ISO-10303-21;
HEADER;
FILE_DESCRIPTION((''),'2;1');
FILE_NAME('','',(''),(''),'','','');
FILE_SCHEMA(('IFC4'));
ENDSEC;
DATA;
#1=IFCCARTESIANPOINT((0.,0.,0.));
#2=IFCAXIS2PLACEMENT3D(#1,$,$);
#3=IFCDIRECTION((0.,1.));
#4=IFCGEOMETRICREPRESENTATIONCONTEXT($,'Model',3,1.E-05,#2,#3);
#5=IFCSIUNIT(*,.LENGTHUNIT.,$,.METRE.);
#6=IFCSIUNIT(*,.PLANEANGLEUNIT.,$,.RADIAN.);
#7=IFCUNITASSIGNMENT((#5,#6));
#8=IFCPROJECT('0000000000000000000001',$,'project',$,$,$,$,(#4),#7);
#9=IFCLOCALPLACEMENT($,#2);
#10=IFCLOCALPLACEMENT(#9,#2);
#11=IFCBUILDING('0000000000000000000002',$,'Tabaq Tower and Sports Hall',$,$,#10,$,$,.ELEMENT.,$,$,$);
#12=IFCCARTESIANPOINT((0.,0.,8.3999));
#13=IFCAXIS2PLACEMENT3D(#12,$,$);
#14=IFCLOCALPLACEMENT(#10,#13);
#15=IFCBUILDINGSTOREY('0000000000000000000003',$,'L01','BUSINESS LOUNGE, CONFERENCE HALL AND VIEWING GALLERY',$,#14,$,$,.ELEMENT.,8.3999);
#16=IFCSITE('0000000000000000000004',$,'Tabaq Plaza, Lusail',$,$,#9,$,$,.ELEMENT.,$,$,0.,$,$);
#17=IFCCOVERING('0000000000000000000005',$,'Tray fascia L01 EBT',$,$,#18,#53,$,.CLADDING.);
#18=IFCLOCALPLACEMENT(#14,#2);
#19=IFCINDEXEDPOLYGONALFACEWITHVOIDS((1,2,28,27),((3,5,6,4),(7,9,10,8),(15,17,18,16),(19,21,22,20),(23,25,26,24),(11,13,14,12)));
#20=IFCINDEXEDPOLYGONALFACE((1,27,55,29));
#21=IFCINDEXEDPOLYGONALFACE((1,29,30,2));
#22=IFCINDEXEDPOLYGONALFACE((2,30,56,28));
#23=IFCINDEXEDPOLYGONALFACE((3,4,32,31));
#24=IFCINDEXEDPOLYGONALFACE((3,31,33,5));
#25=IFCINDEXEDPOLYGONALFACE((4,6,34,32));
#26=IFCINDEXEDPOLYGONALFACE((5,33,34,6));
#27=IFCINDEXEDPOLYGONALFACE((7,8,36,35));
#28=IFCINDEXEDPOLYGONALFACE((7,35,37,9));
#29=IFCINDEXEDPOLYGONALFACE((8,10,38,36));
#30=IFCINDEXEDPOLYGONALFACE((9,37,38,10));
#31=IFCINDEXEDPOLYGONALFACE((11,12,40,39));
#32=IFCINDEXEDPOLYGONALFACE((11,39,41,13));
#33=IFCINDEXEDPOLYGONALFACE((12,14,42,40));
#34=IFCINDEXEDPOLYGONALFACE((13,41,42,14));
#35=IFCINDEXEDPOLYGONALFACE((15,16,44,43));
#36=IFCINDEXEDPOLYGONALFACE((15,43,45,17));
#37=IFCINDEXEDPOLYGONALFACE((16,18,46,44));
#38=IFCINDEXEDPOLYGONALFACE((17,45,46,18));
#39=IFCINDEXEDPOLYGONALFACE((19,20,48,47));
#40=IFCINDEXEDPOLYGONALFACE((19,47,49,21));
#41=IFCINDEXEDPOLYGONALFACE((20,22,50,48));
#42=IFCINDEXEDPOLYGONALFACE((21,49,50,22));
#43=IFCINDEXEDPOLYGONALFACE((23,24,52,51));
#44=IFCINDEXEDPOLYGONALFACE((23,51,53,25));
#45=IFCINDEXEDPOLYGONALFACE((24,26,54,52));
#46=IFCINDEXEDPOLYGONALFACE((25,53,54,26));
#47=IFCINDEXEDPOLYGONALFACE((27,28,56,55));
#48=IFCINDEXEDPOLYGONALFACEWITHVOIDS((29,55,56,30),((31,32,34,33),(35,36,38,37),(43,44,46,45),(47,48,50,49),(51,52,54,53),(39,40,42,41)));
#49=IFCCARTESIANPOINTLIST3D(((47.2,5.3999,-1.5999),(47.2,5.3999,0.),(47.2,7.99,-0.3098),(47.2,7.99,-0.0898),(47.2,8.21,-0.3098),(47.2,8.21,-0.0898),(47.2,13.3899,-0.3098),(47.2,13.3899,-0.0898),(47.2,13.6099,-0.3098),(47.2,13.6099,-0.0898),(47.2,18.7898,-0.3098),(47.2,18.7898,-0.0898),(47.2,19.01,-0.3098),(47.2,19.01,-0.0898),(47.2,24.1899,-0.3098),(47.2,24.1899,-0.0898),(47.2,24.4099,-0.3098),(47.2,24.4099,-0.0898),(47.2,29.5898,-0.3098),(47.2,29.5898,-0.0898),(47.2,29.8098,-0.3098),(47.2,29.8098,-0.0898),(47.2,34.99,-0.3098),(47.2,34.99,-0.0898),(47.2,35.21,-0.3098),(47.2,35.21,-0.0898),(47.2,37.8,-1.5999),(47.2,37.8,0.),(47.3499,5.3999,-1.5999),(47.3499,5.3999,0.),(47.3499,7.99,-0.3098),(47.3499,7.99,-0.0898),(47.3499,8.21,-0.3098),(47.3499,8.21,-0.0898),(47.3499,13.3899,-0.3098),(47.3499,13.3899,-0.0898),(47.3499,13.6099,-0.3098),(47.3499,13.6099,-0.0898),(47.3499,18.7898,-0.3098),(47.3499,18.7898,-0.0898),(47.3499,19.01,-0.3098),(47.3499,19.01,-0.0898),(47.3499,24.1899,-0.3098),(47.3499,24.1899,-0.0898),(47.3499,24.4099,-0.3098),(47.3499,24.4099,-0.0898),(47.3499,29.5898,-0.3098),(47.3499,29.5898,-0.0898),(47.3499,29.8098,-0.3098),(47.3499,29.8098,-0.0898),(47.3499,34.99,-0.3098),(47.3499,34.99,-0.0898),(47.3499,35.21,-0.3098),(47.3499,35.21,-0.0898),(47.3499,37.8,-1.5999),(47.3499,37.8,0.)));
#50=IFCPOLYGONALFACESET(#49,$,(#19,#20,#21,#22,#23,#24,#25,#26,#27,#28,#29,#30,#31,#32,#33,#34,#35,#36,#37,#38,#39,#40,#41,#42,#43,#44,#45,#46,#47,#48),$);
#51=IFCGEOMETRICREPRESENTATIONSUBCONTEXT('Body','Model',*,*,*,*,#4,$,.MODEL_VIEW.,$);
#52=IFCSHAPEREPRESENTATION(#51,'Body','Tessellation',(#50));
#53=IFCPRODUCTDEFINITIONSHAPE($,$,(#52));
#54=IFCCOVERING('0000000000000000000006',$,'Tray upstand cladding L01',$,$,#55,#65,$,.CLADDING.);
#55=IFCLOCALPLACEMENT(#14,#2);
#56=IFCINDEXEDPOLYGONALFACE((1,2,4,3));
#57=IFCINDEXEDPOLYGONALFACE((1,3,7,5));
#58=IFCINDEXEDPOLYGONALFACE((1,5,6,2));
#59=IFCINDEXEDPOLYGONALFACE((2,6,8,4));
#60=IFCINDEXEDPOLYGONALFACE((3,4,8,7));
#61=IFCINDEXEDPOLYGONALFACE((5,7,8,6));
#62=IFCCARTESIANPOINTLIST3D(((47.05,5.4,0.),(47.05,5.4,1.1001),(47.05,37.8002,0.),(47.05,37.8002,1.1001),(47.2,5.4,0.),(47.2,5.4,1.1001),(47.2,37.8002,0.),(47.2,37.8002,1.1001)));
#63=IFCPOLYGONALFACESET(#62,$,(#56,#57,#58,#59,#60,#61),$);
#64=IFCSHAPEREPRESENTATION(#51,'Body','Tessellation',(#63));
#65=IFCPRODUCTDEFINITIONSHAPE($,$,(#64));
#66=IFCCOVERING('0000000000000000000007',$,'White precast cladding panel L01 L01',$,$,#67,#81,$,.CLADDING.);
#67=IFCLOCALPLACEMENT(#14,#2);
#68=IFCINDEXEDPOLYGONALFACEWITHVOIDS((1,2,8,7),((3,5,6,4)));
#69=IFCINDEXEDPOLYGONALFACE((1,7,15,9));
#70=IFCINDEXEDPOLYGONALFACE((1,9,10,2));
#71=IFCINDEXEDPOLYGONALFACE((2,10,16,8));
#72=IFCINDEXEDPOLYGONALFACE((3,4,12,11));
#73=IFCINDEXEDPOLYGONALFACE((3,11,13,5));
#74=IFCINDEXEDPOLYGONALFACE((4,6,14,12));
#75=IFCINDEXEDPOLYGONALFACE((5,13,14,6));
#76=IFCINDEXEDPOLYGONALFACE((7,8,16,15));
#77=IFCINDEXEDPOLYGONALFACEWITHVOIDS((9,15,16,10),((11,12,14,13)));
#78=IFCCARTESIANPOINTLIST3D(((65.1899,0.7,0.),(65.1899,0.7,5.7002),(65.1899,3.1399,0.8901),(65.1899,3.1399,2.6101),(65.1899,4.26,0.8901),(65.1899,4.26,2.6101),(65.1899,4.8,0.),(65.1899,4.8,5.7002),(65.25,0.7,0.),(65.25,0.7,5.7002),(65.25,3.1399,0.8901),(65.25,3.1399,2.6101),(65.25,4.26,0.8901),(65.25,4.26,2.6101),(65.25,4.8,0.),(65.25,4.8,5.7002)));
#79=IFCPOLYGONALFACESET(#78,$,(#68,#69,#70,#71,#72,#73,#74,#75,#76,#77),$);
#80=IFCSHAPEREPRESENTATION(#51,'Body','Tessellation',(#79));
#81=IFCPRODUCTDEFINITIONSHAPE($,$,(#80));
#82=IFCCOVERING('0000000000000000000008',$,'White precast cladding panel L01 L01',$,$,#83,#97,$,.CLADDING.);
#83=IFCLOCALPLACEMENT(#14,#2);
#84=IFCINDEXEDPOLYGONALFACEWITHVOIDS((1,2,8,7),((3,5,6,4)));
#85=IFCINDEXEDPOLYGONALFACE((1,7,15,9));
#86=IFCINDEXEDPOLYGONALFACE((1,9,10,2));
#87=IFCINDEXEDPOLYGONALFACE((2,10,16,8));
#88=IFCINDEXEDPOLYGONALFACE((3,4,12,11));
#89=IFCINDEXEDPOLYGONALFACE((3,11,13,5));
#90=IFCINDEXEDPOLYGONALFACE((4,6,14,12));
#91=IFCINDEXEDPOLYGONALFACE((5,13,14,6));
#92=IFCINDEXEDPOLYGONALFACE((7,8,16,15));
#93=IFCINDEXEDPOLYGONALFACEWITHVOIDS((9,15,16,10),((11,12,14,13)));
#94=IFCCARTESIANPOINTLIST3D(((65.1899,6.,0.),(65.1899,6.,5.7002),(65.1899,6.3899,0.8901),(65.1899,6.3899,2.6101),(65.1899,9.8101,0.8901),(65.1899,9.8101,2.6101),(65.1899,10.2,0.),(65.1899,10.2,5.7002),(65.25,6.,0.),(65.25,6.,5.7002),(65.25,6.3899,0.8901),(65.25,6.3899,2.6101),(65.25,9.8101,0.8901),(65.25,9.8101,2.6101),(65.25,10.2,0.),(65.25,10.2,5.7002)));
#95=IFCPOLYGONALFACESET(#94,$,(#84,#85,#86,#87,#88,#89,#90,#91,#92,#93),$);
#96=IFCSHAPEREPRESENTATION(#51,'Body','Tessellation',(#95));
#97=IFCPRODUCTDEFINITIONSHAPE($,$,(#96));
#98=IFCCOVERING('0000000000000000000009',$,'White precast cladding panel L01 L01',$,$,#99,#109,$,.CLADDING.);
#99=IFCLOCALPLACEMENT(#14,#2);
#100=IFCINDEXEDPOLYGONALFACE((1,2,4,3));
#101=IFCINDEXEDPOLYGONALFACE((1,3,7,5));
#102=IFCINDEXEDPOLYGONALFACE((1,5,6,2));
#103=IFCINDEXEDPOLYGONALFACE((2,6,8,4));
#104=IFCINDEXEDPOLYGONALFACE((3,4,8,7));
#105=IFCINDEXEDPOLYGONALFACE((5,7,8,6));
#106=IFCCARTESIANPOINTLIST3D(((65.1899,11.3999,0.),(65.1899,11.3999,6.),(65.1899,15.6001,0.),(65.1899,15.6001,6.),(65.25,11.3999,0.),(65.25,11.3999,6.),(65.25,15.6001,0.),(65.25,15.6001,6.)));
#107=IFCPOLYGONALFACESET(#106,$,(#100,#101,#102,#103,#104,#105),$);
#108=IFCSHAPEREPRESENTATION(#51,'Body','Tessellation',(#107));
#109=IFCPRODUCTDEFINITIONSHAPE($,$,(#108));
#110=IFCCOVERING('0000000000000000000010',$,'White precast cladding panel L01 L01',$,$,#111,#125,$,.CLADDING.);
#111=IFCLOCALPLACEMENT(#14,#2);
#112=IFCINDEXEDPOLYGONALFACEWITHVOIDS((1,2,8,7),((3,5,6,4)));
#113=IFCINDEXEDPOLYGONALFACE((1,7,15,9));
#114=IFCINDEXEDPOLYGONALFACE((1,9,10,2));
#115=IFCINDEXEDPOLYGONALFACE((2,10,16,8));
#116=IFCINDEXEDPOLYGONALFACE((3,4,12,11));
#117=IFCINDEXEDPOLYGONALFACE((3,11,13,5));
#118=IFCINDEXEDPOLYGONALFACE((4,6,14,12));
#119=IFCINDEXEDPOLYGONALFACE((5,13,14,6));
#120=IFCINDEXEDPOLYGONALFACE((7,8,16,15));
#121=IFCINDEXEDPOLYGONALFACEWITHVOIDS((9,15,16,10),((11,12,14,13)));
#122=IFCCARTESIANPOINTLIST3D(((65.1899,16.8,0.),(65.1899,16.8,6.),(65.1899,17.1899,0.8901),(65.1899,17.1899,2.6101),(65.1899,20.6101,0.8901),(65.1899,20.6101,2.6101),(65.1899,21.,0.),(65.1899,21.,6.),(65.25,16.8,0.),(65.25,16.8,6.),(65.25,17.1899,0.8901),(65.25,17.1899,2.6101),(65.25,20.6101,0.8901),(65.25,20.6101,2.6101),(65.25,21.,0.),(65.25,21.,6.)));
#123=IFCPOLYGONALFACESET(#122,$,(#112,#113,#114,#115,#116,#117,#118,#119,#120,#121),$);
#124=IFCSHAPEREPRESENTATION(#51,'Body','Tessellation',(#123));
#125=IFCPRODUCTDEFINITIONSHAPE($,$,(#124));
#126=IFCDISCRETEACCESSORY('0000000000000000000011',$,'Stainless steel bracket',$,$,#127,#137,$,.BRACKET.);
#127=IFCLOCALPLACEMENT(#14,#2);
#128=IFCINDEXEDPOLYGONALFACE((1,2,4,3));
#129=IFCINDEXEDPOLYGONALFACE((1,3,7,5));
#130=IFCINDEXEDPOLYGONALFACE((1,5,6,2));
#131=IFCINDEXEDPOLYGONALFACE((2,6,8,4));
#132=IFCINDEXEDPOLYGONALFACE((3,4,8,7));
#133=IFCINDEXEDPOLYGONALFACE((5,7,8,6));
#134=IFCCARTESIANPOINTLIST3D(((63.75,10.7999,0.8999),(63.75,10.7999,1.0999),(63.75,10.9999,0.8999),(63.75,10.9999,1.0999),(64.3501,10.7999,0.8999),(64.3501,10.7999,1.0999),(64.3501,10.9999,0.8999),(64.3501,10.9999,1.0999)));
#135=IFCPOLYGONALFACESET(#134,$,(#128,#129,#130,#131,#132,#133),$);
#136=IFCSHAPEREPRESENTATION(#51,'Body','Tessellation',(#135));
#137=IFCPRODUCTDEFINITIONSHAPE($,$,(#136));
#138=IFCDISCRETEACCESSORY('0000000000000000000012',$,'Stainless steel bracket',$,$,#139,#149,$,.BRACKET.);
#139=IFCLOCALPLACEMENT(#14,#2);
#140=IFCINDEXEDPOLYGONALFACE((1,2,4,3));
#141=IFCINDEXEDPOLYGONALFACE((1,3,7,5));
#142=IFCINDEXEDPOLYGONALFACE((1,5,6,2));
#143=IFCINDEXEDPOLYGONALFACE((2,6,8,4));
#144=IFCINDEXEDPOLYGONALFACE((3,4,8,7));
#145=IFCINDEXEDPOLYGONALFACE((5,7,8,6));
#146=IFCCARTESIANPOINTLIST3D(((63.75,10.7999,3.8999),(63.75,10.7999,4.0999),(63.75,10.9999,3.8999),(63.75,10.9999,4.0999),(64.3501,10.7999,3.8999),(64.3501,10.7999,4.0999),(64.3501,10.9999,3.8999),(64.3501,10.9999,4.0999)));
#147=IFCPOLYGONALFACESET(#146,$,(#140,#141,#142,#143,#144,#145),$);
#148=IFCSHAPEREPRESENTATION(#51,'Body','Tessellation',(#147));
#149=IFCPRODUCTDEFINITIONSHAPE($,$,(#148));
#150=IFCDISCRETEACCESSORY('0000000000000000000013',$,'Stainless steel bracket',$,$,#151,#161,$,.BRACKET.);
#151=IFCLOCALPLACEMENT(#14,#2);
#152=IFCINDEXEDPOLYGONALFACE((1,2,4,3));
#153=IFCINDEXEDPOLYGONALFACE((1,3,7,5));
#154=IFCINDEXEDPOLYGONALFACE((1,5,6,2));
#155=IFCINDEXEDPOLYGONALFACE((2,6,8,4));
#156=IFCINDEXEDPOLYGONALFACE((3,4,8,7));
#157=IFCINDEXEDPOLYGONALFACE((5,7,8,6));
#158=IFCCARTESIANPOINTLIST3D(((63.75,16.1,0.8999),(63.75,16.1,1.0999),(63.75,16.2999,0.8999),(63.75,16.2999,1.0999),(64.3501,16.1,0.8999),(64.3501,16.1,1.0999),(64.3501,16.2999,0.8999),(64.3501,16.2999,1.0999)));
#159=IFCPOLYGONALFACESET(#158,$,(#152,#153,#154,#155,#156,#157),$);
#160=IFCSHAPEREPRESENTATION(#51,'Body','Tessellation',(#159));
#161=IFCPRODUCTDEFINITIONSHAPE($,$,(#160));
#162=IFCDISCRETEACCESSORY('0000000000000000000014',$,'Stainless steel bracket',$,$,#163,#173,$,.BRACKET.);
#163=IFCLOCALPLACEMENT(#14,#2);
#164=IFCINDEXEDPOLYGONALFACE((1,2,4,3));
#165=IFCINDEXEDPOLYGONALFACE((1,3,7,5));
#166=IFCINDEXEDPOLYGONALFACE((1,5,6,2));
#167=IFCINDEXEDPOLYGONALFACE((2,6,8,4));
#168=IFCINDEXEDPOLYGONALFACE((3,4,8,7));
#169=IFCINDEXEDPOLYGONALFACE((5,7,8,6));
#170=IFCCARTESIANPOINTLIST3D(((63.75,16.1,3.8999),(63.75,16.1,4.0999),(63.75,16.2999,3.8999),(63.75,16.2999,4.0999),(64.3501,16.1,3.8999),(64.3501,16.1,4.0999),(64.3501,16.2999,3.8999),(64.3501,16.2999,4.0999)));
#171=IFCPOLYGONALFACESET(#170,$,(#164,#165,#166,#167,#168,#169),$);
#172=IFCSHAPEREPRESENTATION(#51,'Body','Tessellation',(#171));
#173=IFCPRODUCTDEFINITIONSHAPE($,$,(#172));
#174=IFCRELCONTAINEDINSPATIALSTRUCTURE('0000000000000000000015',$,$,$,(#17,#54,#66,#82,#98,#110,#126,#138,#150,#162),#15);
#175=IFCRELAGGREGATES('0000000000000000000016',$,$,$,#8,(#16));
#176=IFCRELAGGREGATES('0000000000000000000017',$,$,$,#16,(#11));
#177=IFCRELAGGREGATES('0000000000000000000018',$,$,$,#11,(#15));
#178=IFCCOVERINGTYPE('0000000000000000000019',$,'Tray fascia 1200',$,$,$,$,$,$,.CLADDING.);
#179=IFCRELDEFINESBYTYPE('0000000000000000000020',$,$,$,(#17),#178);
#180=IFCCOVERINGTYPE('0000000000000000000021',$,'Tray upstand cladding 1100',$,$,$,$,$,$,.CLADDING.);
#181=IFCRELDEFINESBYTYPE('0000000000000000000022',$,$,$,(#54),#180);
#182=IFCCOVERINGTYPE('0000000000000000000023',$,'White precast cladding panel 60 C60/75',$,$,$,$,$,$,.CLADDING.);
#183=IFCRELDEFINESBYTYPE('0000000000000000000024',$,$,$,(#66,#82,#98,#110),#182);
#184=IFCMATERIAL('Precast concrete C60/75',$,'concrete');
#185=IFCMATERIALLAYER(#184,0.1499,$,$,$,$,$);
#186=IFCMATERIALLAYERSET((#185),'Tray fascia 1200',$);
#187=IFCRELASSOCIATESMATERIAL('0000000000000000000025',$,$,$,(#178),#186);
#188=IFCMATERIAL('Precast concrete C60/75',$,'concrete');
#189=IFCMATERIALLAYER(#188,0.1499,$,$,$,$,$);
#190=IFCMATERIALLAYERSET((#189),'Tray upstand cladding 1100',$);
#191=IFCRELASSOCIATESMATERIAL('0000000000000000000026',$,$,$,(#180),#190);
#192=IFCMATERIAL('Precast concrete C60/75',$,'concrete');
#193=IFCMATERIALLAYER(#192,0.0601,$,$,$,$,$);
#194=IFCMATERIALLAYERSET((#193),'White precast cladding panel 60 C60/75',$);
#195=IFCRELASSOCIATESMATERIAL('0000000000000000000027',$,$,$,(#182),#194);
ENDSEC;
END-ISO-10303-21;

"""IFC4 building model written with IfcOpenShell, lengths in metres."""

from ifc_helpers import new_model, si_unit, direction, frame, frame_2d, origin, origin_2d, place, context, subcontext, project, spatial, polyline, rectangle, outline, extrude, material, layer, layer_set, type_object, element, save


model = new_model("IFC4")

# Units and contexts
model_context = context("Model", 3, precision=1e-05, world=origin(), true_north=direction((0.0, 1.0)))
body_context = subcontext(model_context, "Body", "Model", "MODEL_VIEW")
ifc_project = project(units=[si_unit("LENGTHUNIT", "METRE"), si_unit("PLANEANGLEUNIT", "RADIAN")], contexts=[model_context])

# Site, building, storey
site_placement = place(None, origin())
site = spatial("IfcSite", under=ifc_project, at=site_placement, Name="Tabaq Plaza, Lusail", CompositionType="ELEMENT", RefElevation=0.0)
building_placement = place(site_placement, origin())
building = spatial("IfcBuilding", under=site, at=building_placement, Name="Tabaq Tower and Sports Hall", CompositionType="ELEMENT")
storey_placement = place(building_placement, frame((0.0, 0.0, 8.3999)))
storey = spatial("IfcBuildingStorey", under=building, at=storey_placement, Name="L01", Description="BUSINESS LOUNGE, CONFERENCE HALL AND VIEWING GALLERY", CompositionType="ELEMENT", Elevation=8.3999)

# Coverings
ifc_material_1 = material(Name="Precast concrete C60/75", Category="concrete")
ifc_layer_1 = layer(ifc_material_1, 0.1499)
ifc_layer_set_1 = layer_set([ifc_layer_1], Name="Tray fascia 1200")
covering_type_1 = type_object("IfcCoveringType", Name="Tray fascia 1200", PredefinedType="CLADDING", material=ifc_layer_set_1)
covering_1_placement = place(storey_placement, frame((47.2749, 5.3999, -1.5999), z_axis=(0.0, 0.0, 1.0), x_axis=(0.0, 1.0, 0.0)))
element("IfcCovering", 1, at=covering_1_placement, inside=storey, type_object=covering_type_1, Name="Tray fascia L01 EBT", PredefinedType="CLADDING", context=body_context, shape_type="SweptSolid", body=[
    extrude(outline(polyline([(0.0, 0.0), (32.4001, 0.0), (32.4001, 1.5999), (0.0, 1.5999), (0.0, 0.0)]), holes=[polyline([(2.8101, 1.51), (2.8101, 1.29), (2.5901, 1.29), (2.5901, 1.51), (2.8101, 1.51)]), polyline([(8.21, 1.29), (7.99, 1.29), (7.99, 1.51), (8.21, 1.51), (8.21, 1.29)]), polyline([(13.6101, 1.29), (13.3899, 1.29), (13.3899, 1.51), (13.6101, 1.51), (13.6101, 1.29)]), polyline([(19.01, 1.51), (19.01, 1.29), (18.79, 1.29), (18.79, 1.51), (19.01, 1.51)]), polyline([(24.4099, 1.29), (24.1899, 1.29), (24.1899, 1.51), (24.4099, 1.51), (24.4099, 1.29)]), polyline([(29.8101, 1.29), (29.5901, 1.29), (29.5901, 1.51), (29.8101, 1.51), (29.8101, 1.29)])]), frame((0.0, 0.075, 0.0), z_axis=(0.0, -1.0, 0.0), x_axis=(1.0, 0.0, 0.0)), (0.0, 0.0, 1.0), 0.1499),
])
ifc_material_2 = material(Name="Precast concrete C60/75", Category="concrete")
ifc_layer_2 = layer(ifc_material_2, 0.1499)
ifc_layer_set_2 = layer_set([ifc_layer_2], Name="Tray upstand cladding 1100")
covering_type_2 = type_object("IfcCoveringType", Name="Tray upstand cladding 1100", PredefinedType="CLADDING", material=ifc_layer_set_2)
covering_2_placement = place(storey_placement, frame((47.125, 5.3999, 0.0), z_axis=(0.0, 0.0, 1.0), x_axis=(0.0, 1.0, 0.0)))
element("IfcCovering", 2, at=covering_2_placement, inside=storey, type_object=covering_type_2, Name="Tray upstand cladding L01", PredefinedType="CLADDING", context=body_context, shape_type="SweptSolid", body=[
    extrude(rectangle(XDim=32.4001, YDim=0.1499, at=frame_2d((16.2002, 0.0))), origin(), (0.0, 0.0, 1.0), 1.1001),
])
ifc_material_3 = material(Name="Precast concrete C60/75", Category="concrete")
ifc_layer_3 = layer(ifc_material_3, 0.0601)
ifc_layer_set_3 = layer_set([ifc_layer_3], Name="White precast cladding panel 60 C60/75")
covering_type_3 = type_object("IfcCoveringType", Name="White precast cladding panel 60 C60/75", PredefinedType="CLADDING", material=ifc_layer_set_3)
covering_3_placement = place(storey_placement, frame((65.22, 0.7, 0.0), z_axis=(0.0, 0.0, 1.0), x_axis=(0.0, 1.0, 0.0)))
element("IfcCovering", 3, at=covering_3_placement, inside=storey, type_object=covering_type_3, Name="White precast cladding panel L01 L01", PredefinedType="CLADDING", context=body_context, shape_type="SweptSolid", body=[
    extrude(outline(polyline([(0.0, 0.0), (4.1001, 0.0), (4.1001, 5.7002), (0.0, 5.7002), (0.0, 0.0)]), holes=[polyline([(2.4399, 0.8901), (2.4399, 2.6101), (3.5601, 2.6101), (3.5601, 0.8901), (2.4399, 0.8901)])]), frame((0.0, 0.03, 0.0), z_axis=(0.0, -1.0, 0.0), x_axis=(1.0, 0.0, 0.0)), (0.0, 0.0, 1.0), 0.0601),
])
covering_4_placement = place(storey_placement, frame((65.22, 6.0, 0.0), z_axis=(0.0, 0.0, 1.0), x_axis=(0.0, 1.0, 0.0)))
element("IfcCovering", 4, at=covering_4_placement, inside=storey, type_object=covering_type_3, Name="White precast cladding panel L01 L01", PredefinedType="CLADDING", context=body_context, shape_type="SweptSolid", body=[
    extrude(outline(polyline([(0.0, 0.0), (4.2, 0.0), (4.2, 5.7002), (0.0, 5.7002), (0.0, 0.0)]), holes=[polyline([(0.3899, 0.8901), (0.3899, 2.6101), (3.8101, 2.6101), (3.8101, 0.8901), (0.3899, 0.8901)])]), frame((0.0, 0.03, 0.0), z_axis=(0.0, -1.0, 0.0), x_axis=(1.0, 0.0, 0.0)), (0.0, 0.0, 1.0), 0.0601),
])
covering_5_placement = place(storey_placement, frame((65.22, 11.3999, 0.0), z_axis=(0.0, 0.0, 1.0), x_axis=(0.0, 1.0, 0.0)))
element("IfcCovering", 5, at=covering_5_placement, inside=storey, type_object=covering_type_3, Name="White precast cladding panel L01 L01", PredefinedType="CLADDING", context=body_context, shape_type="SweptSolid", body=[
    extrude(rectangle(XDim=4.2002, YDim=0.0601, at=frame_2d((2.1001, 0.0))), origin(), (0.0, 0.0, 1.0), 6.0),
])
covering_6_placement = place(storey_placement, frame((65.22, 16.8, 0.0), z_axis=(0.0, 0.0, 1.0), x_axis=(0.0, 1.0, 0.0)))
element("IfcCovering", 6, at=covering_6_placement, inside=storey, type_object=covering_type_3, Name="White precast cladding panel L01 L01", PredefinedType="CLADDING", context=body_context, shape_type="SweptSolid", body=[
    extrude(outline(polyline([(0.0, 0.0), (4.2, 0.0), (4.2, 6.0), (0.0, 6.0), (0.0, 0.0)]), holes=[polyline([(0.3899, 0.8901), (0.3899, 2.6101), (3.8101, 2.6101), (3.8101, 0.8901), (0.3899, 0.8901)])]), frame((0.0, 0.03, 0.0), z_axis=(0.0, -1.0, 0.0), x_axis=(1.0, 0.0, 0.0)), (0.0, 0.0, 1.0), 0.0601),
])

# Discrete accessories
for number, where, z_axis, x_axis, name in (
    (7, (64.05, 10.8999, 0.8999), (0.0, 0.0, 1.0), (0.0, 1.0, 0.0), "Stainless steel bracket"),
    (8, (64.05, 10.8999, 3.8999), (0.0, 0.0, 1.0), (0.0, 1.0, 0.0), "Stainless steel bracket"),
    (9, (64.05, 16.2, 0.8999), (0.0, 0.0, 1.0), (0.0, 1.0, 0.0), "Stainless steel bracket"),
    (10, (64.05, 16.2, 3.8999), (0.0, 0.0, 1.0), (0.0, 1.0, 0.0), "Stainless steel bracket"),
):
    element("IfcDiscreteAccessory", number, at=place(storey_placement, frame(where, z_axis=z_axis, x_axis=x_axis)), inside=storey, Name=name, PredefinedType="BRACKET", context=body_context, shape_type="SweptSolid", body=[
        extrude(rectangle(XDim=0.2, YDim=0.6001, at=origin_2d()), origin(), (0.0, 0.0, 1.0), 0.2),
    ])

save(model, "model.ifc")
